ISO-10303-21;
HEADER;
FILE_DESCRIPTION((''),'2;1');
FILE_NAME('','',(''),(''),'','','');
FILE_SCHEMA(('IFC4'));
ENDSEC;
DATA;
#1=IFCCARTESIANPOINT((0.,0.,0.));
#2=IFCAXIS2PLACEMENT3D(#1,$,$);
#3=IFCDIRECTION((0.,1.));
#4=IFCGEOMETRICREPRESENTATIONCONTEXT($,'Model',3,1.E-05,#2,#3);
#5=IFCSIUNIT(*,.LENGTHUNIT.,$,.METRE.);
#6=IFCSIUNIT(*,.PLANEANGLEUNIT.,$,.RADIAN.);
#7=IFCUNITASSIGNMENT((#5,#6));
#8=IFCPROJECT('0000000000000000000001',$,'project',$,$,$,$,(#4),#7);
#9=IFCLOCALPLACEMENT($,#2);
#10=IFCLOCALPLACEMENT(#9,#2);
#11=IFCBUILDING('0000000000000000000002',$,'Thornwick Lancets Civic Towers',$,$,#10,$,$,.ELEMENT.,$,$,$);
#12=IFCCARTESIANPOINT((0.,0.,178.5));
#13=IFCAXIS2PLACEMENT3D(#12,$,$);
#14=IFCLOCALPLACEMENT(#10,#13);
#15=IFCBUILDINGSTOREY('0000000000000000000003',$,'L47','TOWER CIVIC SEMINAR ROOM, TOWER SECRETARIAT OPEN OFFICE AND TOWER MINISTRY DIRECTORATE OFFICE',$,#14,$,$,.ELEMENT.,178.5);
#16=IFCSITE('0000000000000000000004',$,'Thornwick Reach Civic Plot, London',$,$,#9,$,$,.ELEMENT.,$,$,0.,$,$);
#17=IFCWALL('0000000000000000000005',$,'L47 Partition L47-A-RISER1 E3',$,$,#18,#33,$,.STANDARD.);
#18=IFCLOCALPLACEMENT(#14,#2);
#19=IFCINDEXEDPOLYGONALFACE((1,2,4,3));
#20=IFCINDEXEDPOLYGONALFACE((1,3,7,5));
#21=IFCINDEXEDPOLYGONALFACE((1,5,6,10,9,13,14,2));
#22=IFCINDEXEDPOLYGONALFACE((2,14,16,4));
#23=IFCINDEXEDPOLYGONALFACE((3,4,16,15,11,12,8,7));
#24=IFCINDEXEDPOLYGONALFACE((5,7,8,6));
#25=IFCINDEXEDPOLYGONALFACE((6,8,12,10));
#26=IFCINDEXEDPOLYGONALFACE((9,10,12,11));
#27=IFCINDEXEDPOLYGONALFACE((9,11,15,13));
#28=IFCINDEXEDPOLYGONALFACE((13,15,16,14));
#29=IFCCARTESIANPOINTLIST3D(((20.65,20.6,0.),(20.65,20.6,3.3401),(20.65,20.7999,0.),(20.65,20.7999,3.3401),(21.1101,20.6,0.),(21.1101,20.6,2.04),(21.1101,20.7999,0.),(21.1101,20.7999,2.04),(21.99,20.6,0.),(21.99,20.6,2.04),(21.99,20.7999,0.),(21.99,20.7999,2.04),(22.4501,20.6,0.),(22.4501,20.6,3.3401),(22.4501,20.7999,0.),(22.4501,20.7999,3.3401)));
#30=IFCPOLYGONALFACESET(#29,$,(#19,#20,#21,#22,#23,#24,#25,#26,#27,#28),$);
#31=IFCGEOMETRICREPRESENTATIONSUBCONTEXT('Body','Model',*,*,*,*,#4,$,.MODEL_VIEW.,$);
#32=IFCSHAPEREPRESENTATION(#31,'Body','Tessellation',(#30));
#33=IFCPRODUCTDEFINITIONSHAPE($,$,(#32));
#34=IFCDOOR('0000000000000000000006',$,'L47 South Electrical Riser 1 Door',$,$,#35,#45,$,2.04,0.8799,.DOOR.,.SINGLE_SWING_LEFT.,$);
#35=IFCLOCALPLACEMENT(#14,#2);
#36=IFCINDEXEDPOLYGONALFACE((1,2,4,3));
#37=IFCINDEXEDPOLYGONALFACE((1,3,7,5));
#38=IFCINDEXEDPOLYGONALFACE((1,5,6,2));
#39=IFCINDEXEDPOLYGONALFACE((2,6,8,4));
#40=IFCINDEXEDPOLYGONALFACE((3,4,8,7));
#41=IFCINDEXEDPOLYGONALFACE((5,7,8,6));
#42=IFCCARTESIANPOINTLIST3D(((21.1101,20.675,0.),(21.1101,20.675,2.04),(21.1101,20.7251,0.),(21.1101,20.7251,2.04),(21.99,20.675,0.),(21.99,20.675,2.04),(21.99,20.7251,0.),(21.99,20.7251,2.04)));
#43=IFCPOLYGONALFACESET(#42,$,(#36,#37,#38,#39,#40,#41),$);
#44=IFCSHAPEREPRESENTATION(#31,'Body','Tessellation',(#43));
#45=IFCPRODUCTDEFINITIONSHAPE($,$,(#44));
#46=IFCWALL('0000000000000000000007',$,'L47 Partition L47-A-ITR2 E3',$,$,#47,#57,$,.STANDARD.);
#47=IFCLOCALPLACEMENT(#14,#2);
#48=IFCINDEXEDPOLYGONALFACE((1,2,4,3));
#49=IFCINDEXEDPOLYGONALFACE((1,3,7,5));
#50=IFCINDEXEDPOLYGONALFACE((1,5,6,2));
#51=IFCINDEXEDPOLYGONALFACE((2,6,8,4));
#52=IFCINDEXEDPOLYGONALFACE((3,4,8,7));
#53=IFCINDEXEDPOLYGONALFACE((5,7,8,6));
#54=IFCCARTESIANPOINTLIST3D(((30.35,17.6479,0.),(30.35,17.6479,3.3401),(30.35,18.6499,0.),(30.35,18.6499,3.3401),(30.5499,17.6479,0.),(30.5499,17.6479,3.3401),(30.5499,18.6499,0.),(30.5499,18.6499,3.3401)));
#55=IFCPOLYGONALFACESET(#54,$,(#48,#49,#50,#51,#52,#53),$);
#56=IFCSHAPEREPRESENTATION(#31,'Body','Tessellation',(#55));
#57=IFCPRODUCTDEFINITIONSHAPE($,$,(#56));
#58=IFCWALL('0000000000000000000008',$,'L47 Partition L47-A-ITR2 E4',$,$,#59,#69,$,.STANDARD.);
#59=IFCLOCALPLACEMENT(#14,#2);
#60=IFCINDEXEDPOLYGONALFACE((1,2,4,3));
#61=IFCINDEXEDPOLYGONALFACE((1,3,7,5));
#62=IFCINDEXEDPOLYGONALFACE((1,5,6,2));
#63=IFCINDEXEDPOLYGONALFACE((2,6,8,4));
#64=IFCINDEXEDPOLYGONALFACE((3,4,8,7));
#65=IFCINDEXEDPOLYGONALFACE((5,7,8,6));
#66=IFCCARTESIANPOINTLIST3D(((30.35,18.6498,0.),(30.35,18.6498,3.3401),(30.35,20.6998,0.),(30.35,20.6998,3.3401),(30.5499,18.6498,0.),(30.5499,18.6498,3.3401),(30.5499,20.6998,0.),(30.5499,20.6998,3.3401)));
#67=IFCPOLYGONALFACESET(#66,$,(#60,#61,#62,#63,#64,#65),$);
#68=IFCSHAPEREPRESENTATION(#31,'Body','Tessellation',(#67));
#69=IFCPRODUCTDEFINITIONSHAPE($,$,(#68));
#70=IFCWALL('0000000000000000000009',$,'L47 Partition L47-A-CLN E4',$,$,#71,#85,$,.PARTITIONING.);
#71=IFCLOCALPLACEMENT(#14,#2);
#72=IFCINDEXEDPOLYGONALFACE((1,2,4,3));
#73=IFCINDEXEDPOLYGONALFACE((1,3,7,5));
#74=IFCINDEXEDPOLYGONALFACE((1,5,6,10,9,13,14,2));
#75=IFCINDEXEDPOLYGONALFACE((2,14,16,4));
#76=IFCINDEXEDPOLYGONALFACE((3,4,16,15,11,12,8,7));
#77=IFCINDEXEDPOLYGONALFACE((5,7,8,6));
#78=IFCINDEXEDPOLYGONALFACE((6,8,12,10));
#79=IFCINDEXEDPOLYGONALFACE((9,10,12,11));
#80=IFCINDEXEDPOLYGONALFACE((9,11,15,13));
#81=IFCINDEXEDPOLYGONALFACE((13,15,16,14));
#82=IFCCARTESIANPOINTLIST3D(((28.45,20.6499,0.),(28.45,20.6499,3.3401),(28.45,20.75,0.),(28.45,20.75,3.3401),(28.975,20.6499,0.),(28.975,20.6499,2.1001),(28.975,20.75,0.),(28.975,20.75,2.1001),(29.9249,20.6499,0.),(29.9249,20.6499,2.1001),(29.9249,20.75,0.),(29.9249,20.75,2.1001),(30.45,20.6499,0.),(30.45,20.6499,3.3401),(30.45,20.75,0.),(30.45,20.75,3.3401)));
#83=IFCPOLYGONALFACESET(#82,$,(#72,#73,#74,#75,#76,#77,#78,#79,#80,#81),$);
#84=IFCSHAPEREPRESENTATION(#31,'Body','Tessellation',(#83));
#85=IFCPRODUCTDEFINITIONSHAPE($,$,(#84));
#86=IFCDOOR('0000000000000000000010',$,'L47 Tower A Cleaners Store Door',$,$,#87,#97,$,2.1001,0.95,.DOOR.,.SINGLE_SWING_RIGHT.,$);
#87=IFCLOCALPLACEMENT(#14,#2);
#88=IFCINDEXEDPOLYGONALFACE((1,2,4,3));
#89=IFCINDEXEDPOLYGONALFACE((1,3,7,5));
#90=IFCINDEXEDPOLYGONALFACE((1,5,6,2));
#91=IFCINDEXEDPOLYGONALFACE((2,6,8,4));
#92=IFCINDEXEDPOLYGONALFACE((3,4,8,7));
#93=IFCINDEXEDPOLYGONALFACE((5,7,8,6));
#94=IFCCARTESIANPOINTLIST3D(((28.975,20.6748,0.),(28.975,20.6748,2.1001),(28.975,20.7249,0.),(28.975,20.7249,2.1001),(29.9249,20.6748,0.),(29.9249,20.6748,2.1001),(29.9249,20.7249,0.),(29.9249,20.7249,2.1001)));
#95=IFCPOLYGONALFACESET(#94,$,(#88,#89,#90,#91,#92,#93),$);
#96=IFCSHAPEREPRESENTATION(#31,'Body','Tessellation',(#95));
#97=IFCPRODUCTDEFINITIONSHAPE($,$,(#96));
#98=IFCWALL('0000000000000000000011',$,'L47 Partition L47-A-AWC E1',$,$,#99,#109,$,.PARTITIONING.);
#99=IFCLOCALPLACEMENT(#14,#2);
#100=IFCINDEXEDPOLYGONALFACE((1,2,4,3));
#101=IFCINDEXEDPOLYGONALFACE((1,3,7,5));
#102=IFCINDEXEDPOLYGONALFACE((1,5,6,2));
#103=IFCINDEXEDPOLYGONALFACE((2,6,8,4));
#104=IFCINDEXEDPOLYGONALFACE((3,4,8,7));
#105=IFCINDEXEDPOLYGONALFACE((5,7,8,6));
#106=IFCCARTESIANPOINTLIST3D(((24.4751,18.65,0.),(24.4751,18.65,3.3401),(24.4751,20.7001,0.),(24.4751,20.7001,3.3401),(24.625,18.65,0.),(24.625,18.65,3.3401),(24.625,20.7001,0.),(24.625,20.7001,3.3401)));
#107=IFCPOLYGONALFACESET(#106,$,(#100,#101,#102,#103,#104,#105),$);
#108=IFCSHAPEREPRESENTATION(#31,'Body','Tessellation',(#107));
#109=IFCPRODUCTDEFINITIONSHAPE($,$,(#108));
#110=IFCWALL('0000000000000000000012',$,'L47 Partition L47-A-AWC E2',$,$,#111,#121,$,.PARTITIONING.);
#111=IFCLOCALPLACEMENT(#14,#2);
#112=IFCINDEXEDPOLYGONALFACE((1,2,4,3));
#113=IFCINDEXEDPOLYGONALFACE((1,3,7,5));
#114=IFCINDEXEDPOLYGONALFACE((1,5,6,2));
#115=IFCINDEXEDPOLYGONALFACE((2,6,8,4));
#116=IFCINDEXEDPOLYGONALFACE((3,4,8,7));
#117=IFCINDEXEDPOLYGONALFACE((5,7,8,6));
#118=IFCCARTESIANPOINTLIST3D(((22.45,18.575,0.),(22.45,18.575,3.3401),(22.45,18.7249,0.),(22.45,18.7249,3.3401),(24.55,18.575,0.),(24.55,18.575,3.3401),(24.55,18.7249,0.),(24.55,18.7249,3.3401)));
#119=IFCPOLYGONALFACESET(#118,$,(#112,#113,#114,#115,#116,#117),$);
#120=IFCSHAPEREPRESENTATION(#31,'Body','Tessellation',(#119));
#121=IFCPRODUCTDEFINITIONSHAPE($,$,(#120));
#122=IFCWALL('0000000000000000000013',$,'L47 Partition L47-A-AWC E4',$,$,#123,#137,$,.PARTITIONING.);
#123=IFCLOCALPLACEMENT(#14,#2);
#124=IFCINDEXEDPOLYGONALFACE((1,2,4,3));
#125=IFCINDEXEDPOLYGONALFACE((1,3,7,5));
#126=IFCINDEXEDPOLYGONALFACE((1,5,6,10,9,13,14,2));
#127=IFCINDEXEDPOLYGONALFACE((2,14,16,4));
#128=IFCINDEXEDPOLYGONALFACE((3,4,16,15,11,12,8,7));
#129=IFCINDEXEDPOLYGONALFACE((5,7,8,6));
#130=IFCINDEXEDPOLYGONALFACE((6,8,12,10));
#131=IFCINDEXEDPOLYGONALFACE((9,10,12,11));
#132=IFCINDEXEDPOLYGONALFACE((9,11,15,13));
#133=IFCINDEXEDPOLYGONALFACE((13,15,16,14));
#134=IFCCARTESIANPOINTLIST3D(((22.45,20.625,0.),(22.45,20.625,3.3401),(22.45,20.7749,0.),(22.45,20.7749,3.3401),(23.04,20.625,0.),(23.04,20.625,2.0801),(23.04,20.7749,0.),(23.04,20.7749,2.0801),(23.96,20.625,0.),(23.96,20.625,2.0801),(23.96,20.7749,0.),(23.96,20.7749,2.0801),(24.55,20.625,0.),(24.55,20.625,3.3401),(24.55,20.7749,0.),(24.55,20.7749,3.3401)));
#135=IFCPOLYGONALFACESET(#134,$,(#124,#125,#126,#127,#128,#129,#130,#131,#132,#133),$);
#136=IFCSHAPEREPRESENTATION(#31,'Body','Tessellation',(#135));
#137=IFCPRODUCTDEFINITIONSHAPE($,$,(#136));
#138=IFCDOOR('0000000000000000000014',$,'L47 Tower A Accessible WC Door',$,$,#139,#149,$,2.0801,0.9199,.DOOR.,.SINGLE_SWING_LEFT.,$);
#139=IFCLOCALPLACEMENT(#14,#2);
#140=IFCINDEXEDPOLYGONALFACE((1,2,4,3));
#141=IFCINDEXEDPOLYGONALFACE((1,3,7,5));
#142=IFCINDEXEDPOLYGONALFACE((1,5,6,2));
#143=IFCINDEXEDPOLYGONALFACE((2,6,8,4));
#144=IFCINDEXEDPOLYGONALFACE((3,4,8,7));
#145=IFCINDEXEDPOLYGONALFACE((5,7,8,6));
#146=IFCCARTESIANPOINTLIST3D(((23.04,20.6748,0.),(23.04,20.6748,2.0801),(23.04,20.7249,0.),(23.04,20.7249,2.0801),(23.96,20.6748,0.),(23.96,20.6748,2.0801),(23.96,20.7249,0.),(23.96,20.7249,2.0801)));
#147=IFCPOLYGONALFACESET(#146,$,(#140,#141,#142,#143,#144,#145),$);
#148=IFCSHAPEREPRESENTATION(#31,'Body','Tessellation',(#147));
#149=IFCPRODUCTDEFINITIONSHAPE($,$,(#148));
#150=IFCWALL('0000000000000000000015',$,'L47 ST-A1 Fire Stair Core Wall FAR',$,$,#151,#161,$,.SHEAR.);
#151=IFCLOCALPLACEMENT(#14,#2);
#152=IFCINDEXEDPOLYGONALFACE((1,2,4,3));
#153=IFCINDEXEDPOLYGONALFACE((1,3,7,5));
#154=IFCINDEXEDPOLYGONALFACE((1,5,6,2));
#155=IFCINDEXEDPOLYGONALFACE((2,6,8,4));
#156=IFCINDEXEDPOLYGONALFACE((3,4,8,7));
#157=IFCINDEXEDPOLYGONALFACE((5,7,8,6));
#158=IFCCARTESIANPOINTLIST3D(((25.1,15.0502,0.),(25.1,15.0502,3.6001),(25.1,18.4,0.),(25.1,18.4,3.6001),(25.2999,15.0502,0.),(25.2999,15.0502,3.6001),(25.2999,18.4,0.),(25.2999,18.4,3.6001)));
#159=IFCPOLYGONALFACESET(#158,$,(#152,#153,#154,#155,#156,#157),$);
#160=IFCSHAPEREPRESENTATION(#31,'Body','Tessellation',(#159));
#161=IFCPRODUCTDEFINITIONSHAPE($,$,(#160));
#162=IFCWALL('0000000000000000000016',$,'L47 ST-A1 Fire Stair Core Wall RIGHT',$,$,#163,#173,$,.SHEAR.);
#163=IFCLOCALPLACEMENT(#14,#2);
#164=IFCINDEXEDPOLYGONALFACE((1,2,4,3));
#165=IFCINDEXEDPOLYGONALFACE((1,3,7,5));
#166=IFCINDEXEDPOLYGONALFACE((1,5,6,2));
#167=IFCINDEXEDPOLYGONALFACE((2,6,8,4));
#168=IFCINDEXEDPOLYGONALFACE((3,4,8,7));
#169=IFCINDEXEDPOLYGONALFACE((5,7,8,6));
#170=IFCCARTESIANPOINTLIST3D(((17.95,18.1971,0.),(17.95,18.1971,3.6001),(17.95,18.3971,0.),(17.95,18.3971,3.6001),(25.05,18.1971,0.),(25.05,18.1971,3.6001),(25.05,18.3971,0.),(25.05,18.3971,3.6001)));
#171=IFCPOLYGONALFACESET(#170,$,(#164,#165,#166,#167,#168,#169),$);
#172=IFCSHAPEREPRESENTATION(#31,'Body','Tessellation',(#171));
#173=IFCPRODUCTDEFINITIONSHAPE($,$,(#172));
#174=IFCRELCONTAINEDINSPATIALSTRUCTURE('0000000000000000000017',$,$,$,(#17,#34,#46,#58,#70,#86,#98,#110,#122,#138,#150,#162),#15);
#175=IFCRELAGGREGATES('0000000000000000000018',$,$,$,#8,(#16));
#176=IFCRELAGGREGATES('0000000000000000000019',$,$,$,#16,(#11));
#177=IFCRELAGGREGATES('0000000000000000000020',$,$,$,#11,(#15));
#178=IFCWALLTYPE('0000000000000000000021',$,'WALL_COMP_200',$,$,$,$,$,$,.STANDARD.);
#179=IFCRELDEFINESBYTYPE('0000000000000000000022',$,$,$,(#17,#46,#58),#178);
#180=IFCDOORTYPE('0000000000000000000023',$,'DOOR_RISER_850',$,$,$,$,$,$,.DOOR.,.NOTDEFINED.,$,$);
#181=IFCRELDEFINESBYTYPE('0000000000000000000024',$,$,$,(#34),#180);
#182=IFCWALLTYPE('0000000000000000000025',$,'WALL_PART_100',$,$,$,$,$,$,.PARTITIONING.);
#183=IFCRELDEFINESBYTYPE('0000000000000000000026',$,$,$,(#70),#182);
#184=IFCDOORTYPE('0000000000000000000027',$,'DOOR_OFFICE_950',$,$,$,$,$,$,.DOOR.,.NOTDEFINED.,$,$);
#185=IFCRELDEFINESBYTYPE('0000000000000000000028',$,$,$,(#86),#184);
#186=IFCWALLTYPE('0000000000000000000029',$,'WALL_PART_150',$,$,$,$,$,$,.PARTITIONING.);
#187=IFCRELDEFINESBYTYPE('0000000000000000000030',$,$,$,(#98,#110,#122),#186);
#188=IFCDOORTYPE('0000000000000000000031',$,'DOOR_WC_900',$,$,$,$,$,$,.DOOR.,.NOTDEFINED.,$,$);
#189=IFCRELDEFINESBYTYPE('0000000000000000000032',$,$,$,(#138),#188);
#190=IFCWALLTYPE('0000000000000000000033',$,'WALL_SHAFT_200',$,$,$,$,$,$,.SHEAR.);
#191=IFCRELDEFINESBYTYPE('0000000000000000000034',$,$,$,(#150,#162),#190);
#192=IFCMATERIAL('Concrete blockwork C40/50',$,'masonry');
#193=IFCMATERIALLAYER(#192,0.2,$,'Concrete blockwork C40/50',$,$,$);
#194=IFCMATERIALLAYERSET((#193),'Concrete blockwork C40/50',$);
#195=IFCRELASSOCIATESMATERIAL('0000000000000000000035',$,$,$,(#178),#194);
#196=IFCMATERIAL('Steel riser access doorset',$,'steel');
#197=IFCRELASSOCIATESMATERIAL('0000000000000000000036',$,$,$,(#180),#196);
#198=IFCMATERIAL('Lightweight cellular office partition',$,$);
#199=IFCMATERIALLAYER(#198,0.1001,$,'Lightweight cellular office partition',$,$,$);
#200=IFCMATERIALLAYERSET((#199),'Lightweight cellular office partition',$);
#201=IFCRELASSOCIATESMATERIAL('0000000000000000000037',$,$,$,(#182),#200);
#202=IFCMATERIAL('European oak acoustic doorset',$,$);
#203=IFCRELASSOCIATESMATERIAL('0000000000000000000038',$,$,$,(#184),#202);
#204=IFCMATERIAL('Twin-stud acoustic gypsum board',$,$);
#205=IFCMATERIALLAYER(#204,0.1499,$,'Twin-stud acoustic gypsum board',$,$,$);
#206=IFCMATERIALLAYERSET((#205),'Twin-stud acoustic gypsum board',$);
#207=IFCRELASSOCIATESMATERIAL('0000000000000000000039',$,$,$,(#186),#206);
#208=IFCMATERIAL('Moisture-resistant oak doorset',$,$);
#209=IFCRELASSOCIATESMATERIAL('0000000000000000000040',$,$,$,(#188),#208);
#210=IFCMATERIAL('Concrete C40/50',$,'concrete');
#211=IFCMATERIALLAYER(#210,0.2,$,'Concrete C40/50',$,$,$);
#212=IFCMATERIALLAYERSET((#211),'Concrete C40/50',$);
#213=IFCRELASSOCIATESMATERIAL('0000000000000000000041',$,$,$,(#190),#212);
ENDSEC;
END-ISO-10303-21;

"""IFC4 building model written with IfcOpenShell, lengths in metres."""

from ifc_helpers import new_model, si_unit, direction, frame, frame_2d, origin, place, context, subcontext, project, spatial, rectangle, extrude, material, layer, layer_set, type_object, element, fill, save


model = new_model("IFC4")

# Units and contexts
model_context = context("Model", 3, precision=1e-05, world=origin(), true_north=direction((0.0, 1.0)))
body_context = subcontext(model_context, "Body", "Model", "MODEL_VIEW")
ifc_project = project(units=[si_unit("LENGTHUNIT", "METRE"), si_unit("PLANEANGLEUNIT", "RADIAN")], contexts=[model_context])

# Site, building, storey
site_placement = place(None, origin())
site = spatial("IfcSite", under=ifc_project, at=site_placement, Name="Thornwick Reach Civic Plot, London", CompositionType="ELEMENT", RefElevation=0.0)
building_placement = place(site_placement, origin())
building = spatial("IfcBuilding", under=site, at=building_placement, Name="Thornwick Lancets Civic Towers", CompositionType="ELEMENT")
storey_placement = place(building_placement, frame((0.0, 0.0, 178.5)))
storey = spatial("IfcBuildingStorey", under=building, at=storey_placement, Name="L47", Description="TOWER CIVIC SEMINAR ROOM, TOWER SECRETARIAT OPEN OFFICE AND TOWER MINISTRY DIRECTORATE OFFICE", CompositionType="ELEMENT", Elevation=178.5)

# Shared definitions
ifc_material_1 = material(Name="Concrete C40/50", Category="concrete")

# Shared definitions
ifc_material_2 = material(Name="Concrete blockwork C40/50", Category="masonry")
ifc_layer_1 = layer(ifc_material_2, 0.2, Name="Concrete blockwork C40/50")
ifc_layer_set_1 = layer_set([ifc_layer_1], Name="Concrete blockwork C40/50")
wall_type_1 = type_object("IfcWallType", Name="WALL_COMP_200", PredefinedType="STANDARD", material=ifc_layer_set_1)

# Shared definitions
ifc_material_3 = material(Name="Steel riser access doorset", Category="steel")
door_type_1 = type_object("IfcDoorType", Name="DOOR_RISER_850", OperationType="NOTDEFINED", PredefinedType="DOOR", material=ifc_material_3)

# Wall, opening, door
wall_1_placement = place(storey_placement, frame((22.45, 20.7, 0.0), z_axis=(0.0, 0.0, 1.0), x_axis=(-1.0, 0.0, 0.0)))
wall_1 = element("IfcWall", 1, at=wall_1_placement, inside=storey, type_object=wall_type_1, Name="L47 Partition L47-A-RISER1 E3", PredefinedType="STANDARD", context=body_context, shape_type="SweptSolid", body=[
    extrude(rectangle(XDim=1.8, YDim=0.2, at=frame_2d((0.8999, 0.0))), origin(), (0.0, 0.0, 1.0), 3.3401),
])
opening_1_placement = place(wall_1_placement, frame((0.46, 0.0, 0.0)))
opening_1 = element("IfcOpeningElement", 2, at=opening_1_placement, cuts=wall_1, PredefinedType="OPENING", context=body_context, shape_type="SweptSolid", body=[
    extrude(rectangle(XDim=0.8799, YDim=2.04, at=frame_2d((0.4399, 1.02))), frame((0.0, 0.1099, 0.0), z_axis=(0.0, -1.0, 0.0), x_axis=(1.0, 0.0, 0.0)), (0.0, 0.0, 1.0), 0.22),
])
door_1_placement = place(opening_1_placement, origin())
door_1 = element("IfcDoor", 3, at=door_1_placement, inside=storey, type_object=door_type_1, Name="L47 South Electrical Riser 1 Door", OperationType="SINGLE_SWING_LEFT", OverallHeight=2.04, OverallWidth=0.8799, PredefinedType="DOOR", context=body_context, shape_type="SweptSolid", body=[
    extrude(rectangle(XDim=0.8799, YDim=2.04, at=frame_2d((0.4399, 1.02))), frame((0.0, 0.0249, 0.0), z_axis=(0.0, -1.0, 0.0), x_axis=(1.0, 0.0, 0.0)), (0.0, 0.0, 1.0), 0.05),
])
fill(opening_1, door_1)

# Walls
wall_2_placement = place(storey_placement, frame((30.45, 17.6479, 0.0), z_axis=(0.0, 0.0, 1.0), x_axis=(0.0, 1.0, 0.0)))
element("IfcWall", 4, at=wall_2_placement, inside=storey, type_object=wall_type_1, Name="L47 Partition L47-A-ITR2 E3", PredefinedType="STANDARD", context=body_context, shape_type="SweptSolid", body=[
    extrude(rectangle(XDim=1.002, YDim=0.2, at=frame_2d((0.501, 0.0))), origin(), (0.0, 0.0, 1.0), 3.3401),
])
wall_3_placement = place(storey_placement, frame((30.45, 18.6499, 0.0), z_axis=(0.0, 0.0, 1.0), x_axis=(0.0, 1.0, 0.0)))
element("IfcWall", 5, at=wall_3_placement, inside=storey, type_object=wall_type_1, Name="L47 Partition L47-A-ITR2 E4", PredefinedType="STANDARD", context=body_context, shape_type="SweptSolid", body=[
    extrude(rectangle(XDim=2.05, YDim=0.2, at=frame_2d((1.0249, 0.0))), origin(), (0.0, 0.0, 1.0), 3.3401),
])

# Wall, opening, door
ifc_material_4 = material(Name="Lightweight cellular office partition")
ifc_layer_2 = layer(ifc_material_4, 0.1001, Name="Lightweight cellular office partition")
ifc_layer_set_2 = layer_set([ifc_layer_2], Name="Lightweight cellular office partition")
wall_type_2 = type_object("IfcWallType", Name="WALL_PART_100", PredefinedType="PARTITIONING", material=ifc_layer_set_2)
wall_4_placement = place(storey_placement, frame((28.45, 20.7, 0.0), z_axis=(0.0, 0.0, 1.0), x_axis=(1.0, 0.0, 0.0)))
wall_4 = element("IfcWall", 6, at=wall_4_placement, inside=storey, type_object=wall_type_2, Name="L47 Partition L47-A-CLN E4", PredefinedType="PARTITIONING", context=body_context, shape_type="SweptSolid", body=[
    extrude(rectangle(XDim=2.0, YDim=0.1001, at=frame_2d((1.0, 0.0))), origin(), (0.0, 0.0, 1.0), 3.3401),
])
opening_2_placement = place(wall_4_placement, frame((0.5249, 0.0, 0.0)))
opening_2 = element("IfcOpeningElement", 7, at=opening_2_placement, cuts=wall_4, PredefinedType="OPENING", context=body_context, shape_type="SweptSolid", body=[
    extrude(rectangle(XDim=0.95, YDim=2.1001, at=frame_2d((0.4751, 1.05))), frame((0.0, 0.0601, 0.0), z_axis=(0.0, -1.0, 0.0), x_axis=(1.0, 0.0, 0.0)), (0.0, 0.0, 1.0), 0.1201),
])
ifc_material_5 = material(Name="European oak acoustic doorset")
door_type_2 = type_object("IfcDoorType", Name="DOOR_OFFICE_950", OperationType="NOTDEFINED", PredefinedType="DOOR", material=ifc_material_5)
door_2_placement = place(opening_2_placement, origin())
door_2 = element("IfcDoor", 8, at=door_2_placement, inside=storey, type_object=door_type_2, Name="L47 Tower A Cleaners Store Door", OperationType="SINGLE_SWING_RIGHT", OverallHeight=2.1001, OverallWidth=0.95, PredefinedType="DOOR", context=body_context, shape_type="SweptSolid", body=[
    extrude(rectangle(XDim=0.95, YDim=2.1001, at=frame_2d((0.4751, 1.05))), frame((0.0, 0.0249, 0.0), z_axis=(0.0, -1.0, 0.0), x_axis=(1.0, 0.0, 0.0)), (0.0, 0.0, 1.0), 0.05),
])
fill(opening_2, door_2)

# Walls
ifc_material_6 = material(Name="Twin-stud acoustic gypsum board")
ifc_layer_3 = layer(ifc_material_6, 0.1499, Name="Twin-stud acoustic gypsum board")
ifc_layer_set_3 = layer_set([ifc_layer_3], Name="Twin-stud acoustic gypsum board")
wall_type_3 = type_object("IfcWallType", Name="WALL_PART_150", PredefinedType="PARTITIONING", material=ifc_layer_set_3)
wall_5_placement = place(storey_placement, frame((24.55, 20.7, 0.0), z_axis=(0.0, 0.0, 1.0), x_axis=(0.0, -1.0, 0.0)))
element("IfcWall", 9, at=wall_5_placement, inside=storey, type_object=wall_type_3, Name="L47 Partition L47-A-AWC E1", PredefinedType="PARTITIONING", context=body_context, shape_type="SweptSolid", body=[
    extrude(rectangle(XDim=2.05, YDim=0.1499, at=frame_2d((1.0249, 0.0))), origin(), (0.0, 0.0, 1.0), 3.3401),
])
wall_6_placement = place(storey_placement, frame((24.55, 18.6499, 0.0), z_axis=(0.0, 0.0, 1.0), x_axis=(-1.0, 0.0, 0.0)))
element("IfcWall", 10, at=wall_6_placement, inside=storey, type_object=wall_type_3, Name="L47 Partition L47-A-AWC E2", PredefinedType="PARTITIONING", context=body_context, shape_type="SweptSolid", body=[
    extrude(rectangle(XDim=2.1001, YDim=0.1499, at=frame_2d((1.05, 0.0))), origin(), (0.0, 0.0, 1.0), 3.3401),
])

# Wall, opening, door
wall_7_placement = place(storey_placement, frame((22.45, 20.7, 0.0), z_axis=(0.0, 0.0, 1.0), x_axis=(1.0, 0.0, 0.0)))
wall_7 = element("IfcWall", 11, at=wall_7_placement, inside=storey, type_object=wall_type_3, Name="L47 Partition L47-A-AWC E4", PredefinedType="PARTITIONING", context=body_context, shape_type="SweptSolid", body=[
    extrude(rectangle(XDim=2.1001, YDim=0.1499, at=frame_2d((1.05, 0.0))), origin(), (0.0, 0.0, 1.0), 3.3401),
])
opening_3_placement = place(wall_7_placement, frame((0.5901, 0.0, 0.0)))
opening_3 = element("IfcOpeningElement", 12, at=opening_3_placement, cuts=wall_7, PredefinedType="OPENING", context=body_context, shape_type="SweptSolid", body=[
    extrude(rectangle(XDim=0.9199, YDim=2.0801, at=frame_2d((0.46, 1.04))), frame((0.0, 0.085, 0.0), z_axis=(0.0, -1.0, 0.0), x_axis=(1.0, 0.0, 0.0)), (0.0, 0.0, 1.0), 0.1699),
])
ifc_material_7 = material(Name="Moisture-resistant oak doorset")
door_type_3 = type_object("IfcDoorType", Name="DOOR_WC_900", OperationType="NOTDEFINED", PredefinedType="DOOR", material=ifc_material_7)
door_3_placement = place(opening_3_placement, origin())
door_3 = element("IfcDoor", 13, at=door_3_placement, inside=storey, type_object=door_type_3, Name="L47 Tower A Accessible WC Door", OperationType="SINGLE_SWING_LEFT", OverallHeight=2.0801, OverallWidth=0.9199, PredefinedType="DOOR", context=body_context, shape_type="SweptSolid", body=[
    extrude(rectangle(XDim=0.9199, YDim=2.0801, at=frame_2d((0.46, 1.04))), frame((0.0, 0.0249, 0.0), z_axis=(0.0, -1.0, 0.0), x_axis=(1.0, 0.0, 0.0)), (0.0, 0.0, 1.0), 0.05),
])
fill(opening_3, door_3)

# Walls
ifc_layer_4 = layer(ifc_material_1, 0.2, Name="Concrete C40/50")
ifc_layer_set_4 = layer_set([ifc_layer_4], Name="Concrete C40/50")
wall_type_4 = type_object("IfcWallType", Name="WALL_SHAFT_200", PredefinedType="SHEAR", material=ifc_layer_set_4)
wall_8_placement = place(storey_placement, frame((25.2, 18.3999, 0.0), z_axis=(0.0, 0.0, 1.0), x_axis=(0.0, -1.0, 0.0)))
element("IfcWall", 14, at=wall_8_placement, inside=storey, type_object=wall_type_4, Name="L47 ST-A1 Fire Stair Core Wall FAR", PredefinedType="SHEAR", context=body_context, shape_type="SweptSolid", body=[
    extrude(rectangle(XDim=3.3499, YDim=0.2, at=frame_2d((1.6748, 0.0))), origin(), (0.0, 0.0, 1.0), 3.6001),
])
wall_9_placement = place(storey_placement, frame((25.05, 18.2971, 0.0), z_axis=(0.0, 0.0, 1.0), x_axis=(-1.0, 0.0, 0.0)))
element("IfcWall", 15, at=wall_9_placement, inside=storey, type_object=wall_type_4, Name="L47 ST-A1 Fire Stair Core Wall RIGHT", PredefinedType="SHEAR", context=body_context, shape_type="SweptSolid", body=[
    extrude(rectangle(XDim=7.1001, YDim=0.2, at=frame_2d((3.55, 0.0))), origin(), (0.0, 0.0, 1.0), 3.6001),
])

save(model, "model.ifc")
